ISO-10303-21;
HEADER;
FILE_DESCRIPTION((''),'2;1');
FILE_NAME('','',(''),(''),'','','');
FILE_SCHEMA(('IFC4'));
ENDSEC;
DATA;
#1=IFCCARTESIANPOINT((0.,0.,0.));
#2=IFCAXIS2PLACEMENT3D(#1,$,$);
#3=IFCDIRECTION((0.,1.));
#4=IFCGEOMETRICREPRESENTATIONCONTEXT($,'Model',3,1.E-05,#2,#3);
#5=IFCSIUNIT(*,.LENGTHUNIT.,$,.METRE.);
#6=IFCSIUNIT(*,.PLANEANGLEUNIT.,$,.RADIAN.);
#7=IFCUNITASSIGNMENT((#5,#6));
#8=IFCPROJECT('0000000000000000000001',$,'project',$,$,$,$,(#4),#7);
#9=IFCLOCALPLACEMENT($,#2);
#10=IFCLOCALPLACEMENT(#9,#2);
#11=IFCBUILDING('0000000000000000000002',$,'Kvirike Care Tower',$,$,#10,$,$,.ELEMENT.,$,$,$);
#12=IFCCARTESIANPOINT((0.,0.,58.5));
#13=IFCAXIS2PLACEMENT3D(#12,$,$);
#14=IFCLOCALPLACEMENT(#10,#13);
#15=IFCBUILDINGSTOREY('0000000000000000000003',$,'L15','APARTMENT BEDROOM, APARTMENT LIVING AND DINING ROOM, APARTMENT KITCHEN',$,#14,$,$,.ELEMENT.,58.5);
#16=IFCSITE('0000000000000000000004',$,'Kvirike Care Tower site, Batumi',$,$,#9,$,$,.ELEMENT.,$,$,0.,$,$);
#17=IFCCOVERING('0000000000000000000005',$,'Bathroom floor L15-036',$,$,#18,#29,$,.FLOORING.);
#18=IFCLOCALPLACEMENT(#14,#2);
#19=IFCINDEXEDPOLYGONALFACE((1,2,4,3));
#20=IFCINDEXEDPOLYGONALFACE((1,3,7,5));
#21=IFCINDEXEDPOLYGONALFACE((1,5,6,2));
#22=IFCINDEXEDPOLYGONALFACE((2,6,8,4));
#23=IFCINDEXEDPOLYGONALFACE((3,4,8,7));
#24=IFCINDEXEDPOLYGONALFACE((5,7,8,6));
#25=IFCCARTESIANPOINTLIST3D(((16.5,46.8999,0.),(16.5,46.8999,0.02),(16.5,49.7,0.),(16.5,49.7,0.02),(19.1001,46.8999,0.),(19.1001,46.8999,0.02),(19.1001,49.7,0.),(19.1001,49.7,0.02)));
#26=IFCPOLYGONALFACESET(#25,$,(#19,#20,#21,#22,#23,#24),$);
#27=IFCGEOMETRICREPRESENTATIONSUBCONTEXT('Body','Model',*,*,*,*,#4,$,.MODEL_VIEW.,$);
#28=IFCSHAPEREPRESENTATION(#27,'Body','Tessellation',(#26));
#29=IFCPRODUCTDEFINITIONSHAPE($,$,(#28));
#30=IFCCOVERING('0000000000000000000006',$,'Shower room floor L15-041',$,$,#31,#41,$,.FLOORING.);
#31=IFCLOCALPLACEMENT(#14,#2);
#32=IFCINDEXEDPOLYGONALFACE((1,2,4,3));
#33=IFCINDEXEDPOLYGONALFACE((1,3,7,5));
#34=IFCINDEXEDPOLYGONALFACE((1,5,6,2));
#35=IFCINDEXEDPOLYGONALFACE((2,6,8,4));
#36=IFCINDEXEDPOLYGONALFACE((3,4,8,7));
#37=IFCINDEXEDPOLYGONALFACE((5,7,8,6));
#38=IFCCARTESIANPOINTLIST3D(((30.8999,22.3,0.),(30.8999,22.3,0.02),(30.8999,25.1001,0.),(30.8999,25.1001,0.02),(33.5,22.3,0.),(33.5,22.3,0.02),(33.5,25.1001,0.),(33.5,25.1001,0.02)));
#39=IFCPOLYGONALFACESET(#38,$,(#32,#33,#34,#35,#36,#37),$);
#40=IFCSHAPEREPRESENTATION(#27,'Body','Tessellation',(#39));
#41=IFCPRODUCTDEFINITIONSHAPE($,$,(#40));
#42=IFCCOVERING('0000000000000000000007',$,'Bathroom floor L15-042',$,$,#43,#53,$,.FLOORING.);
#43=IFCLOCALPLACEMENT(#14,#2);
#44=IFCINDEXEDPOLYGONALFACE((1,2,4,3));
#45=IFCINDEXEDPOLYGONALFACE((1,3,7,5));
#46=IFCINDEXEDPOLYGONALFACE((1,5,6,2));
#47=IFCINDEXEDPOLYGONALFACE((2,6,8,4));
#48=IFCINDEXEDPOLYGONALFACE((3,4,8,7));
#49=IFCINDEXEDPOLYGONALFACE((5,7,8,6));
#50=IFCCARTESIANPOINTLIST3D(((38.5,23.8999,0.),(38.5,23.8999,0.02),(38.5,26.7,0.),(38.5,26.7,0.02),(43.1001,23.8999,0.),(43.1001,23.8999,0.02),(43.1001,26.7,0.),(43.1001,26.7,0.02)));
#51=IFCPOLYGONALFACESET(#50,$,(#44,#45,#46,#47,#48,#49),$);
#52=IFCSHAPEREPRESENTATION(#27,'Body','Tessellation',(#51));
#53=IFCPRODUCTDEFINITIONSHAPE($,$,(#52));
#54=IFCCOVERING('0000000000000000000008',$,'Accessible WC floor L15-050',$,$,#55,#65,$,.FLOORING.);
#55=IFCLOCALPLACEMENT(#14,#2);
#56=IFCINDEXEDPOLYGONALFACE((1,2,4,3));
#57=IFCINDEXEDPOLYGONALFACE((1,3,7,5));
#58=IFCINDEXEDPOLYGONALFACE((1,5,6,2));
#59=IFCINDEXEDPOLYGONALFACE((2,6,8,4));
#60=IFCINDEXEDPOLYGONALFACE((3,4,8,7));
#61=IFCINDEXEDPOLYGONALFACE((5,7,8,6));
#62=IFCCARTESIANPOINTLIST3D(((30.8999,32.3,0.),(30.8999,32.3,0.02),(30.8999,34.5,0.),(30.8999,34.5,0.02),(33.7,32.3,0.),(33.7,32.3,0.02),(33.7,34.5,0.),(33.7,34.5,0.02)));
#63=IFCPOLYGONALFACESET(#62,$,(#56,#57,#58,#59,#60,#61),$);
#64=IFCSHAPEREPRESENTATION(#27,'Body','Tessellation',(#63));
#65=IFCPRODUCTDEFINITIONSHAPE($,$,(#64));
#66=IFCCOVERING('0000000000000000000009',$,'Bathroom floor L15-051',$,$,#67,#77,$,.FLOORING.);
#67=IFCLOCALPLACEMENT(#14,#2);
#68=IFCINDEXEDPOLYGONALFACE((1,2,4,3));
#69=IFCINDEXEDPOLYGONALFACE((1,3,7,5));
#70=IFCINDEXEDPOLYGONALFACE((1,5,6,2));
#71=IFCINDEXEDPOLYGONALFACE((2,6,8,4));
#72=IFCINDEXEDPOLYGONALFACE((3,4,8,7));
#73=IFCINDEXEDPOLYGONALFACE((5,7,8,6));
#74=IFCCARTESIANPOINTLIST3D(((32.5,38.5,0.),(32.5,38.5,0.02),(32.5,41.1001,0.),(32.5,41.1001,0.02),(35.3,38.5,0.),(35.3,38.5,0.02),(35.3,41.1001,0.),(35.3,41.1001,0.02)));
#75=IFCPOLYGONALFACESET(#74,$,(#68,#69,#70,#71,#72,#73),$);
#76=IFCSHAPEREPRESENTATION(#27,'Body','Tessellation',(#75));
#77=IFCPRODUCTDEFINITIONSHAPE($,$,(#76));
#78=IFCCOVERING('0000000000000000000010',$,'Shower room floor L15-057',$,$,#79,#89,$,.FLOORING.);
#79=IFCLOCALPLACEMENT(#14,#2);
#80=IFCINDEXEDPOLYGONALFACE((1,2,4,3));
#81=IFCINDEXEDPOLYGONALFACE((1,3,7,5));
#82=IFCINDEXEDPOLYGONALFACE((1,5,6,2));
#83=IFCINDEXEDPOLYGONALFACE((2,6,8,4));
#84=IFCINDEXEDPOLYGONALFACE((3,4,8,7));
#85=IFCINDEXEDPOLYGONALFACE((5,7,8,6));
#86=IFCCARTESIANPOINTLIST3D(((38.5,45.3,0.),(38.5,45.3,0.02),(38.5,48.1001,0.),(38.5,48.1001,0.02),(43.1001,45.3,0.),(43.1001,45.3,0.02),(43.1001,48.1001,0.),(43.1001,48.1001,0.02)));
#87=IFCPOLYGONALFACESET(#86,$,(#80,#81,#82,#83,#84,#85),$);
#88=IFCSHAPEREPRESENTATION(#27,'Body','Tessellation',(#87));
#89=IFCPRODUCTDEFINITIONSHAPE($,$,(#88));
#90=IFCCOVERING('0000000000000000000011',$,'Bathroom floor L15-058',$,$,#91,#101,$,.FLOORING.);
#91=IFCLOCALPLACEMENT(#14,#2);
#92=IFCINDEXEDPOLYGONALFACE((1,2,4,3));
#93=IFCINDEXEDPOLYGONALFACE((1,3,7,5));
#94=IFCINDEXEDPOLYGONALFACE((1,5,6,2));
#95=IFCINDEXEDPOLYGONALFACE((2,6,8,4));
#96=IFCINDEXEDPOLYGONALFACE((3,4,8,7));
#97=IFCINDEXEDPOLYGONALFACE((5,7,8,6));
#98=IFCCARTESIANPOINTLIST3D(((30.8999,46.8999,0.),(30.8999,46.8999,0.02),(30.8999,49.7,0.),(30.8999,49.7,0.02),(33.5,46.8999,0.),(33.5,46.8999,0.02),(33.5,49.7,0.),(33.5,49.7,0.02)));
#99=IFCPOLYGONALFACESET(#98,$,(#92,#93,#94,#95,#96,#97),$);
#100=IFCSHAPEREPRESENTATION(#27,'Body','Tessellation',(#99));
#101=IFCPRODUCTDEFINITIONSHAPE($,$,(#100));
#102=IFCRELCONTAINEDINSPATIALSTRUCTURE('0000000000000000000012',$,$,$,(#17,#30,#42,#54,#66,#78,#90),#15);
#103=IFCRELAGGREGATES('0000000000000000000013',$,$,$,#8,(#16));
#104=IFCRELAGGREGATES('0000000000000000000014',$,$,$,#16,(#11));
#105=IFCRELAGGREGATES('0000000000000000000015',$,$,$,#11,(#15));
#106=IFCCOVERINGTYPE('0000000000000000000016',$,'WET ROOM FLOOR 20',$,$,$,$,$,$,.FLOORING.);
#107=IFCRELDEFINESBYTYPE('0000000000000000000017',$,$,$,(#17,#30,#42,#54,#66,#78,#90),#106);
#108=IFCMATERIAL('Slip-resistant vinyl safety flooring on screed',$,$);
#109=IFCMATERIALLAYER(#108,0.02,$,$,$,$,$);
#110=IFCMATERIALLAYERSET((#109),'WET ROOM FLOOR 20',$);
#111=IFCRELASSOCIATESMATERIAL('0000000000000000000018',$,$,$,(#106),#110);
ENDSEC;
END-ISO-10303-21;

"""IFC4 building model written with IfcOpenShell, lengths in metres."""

from ifc_helpers import new_model, si_unit, direction, frame, origin, place, context, subcontext, project, spatial, polyline, outline, extrude, material, layer, layer_set, type_object, element, save


model = new_model("IFC4")

# Units and contexts
model_context = context("Model", 3, precision=1e-05, world=origin(), true_north=direction((0.0, 1.0)))
body_context = subcontext(model_context, "Body", "Model", "MODEL_VIEW")
ifc_project = project(units=[si_unit("LENGTHUNIT", "METRE"), si_unit("PLANEANGLEUNIT", "RADIAN")], contexts=[model_context])

# Site, building, storey
site_placement = place(None, origin())
site = spatial("IfcSite", under=ifc_project, at=site_placement, Name="Kvirike Care Tower site, Batumi", CompositionType="ELEMENT", RefElevation=0.0)
building_placement = place(site_placement, origin())
building = spatial("IfcBuilding", under=site, at=building_placement, Name="Kvirike Care Tower", CompositionType="ELEMENT")
storey_placement = place(building_placement, frame((0.0, 0.0, 58.5)))
storey = spatial("IfcBuildingStorey", under=building, at=storey_placement, Name="L15", Description="APARTMENT BEDROOM, APARTMENT LIVING AND DINING ROOM, APARTMENT KITCHEN", CompositionType="ELEMENT", Elevation=58.5)

# Coverings
ifc_material_1 = material(Name="Slip-resistant vinyl safety flooring on screed")
ifc_layer_1 = layer(ifc_material_1, 0.02)
ifc_layer_set_1 = layer_set([ifc_layer_1], Name="WET ROOM FLOOR 20")
covering_type = type_object("IfcCoveringType", Name="WET ROOM FLOOR 20", PredefinedType="FLOORING", material=ifc_layer_set_1)
covering_1_placement = place(storey_placement, origin())
element("IfcCovering", 1, at=covering_1_placement, inside=storey, type_object=covering_type, Name="Bathroom floor L15-036", PredefinedType="FLOORING", context=body_context, shape_type="SweptSolid", body=[
    extrude(outline(polyline([(19.1001, 49.7), (19.1001, 46.8999), (16.5, 46.8999), (16.5, 49.7), (19.1001, 49.7)])), origin(), (0.0, 0.0, 1.0), 0.02),
])
covering_2_placement = place(storey_placement, origin())
element("IfcCovering", 2, at=covering_2_placement, inside=storey, type_object=covering_type, Name="Shower room floor L15-041", PredefinedType="FLOORING", context=body_context, shape_type="SweptSolid", body=[
    extrude(outline(polyline([(30.8999, 22.3), (30.8999, 25.1001), (33.5, 25.1001), (33.5, 22.3), (30.8999, 22.3)])), origin(), (0.0, 0.0, 1.0), 0.02),
])
covering_3_placement = place(storey_placement, origin())
element("IfcCovering", 3, at=covering_3_placement, inside=storey, type_object=covering_type, Name="Bathroom floor L15-042", PredefinedType="FLOORING", context=body_context, shape_type="SweptSolid", body=[
    extrude(outline(polyline([(38.5, 23.8999), (38.5, 26.7), (43.1001, 26.7), (43.1001, 23.8999), (38.5, 23.8999)])), origin(), (0.0, 0.0, 1.0), 0.02),
])
covering_4_placement = place(storey_placement, origin())
element("IfcCovering", 4, at=covering_4_placement, inside=storey, type_object=covering_type, Name="Accessible WC floor L15-050", PredefinedType="FLOORING", context=body_context, shape_type="SweptSolid", body=[
    extrude(outline(polyline([(33.7, 32.3), (30.8999, 32.3), (30.8999, 34.5), (33.7, 34.5), (33.7, 32.3)])), origin(), (0.0, 0.0, 1.0), 0.02),
])
covering_5_placement = place(storey_placement, origin())
element("IfcCovering", 5, at=covering_5_placement, inside=storey, type_object=covering_type, Name="Bathroom floor L15-051", PredefinedType="FLOORING", context=body_context, shape_type="SweptSolid", body=[
    extrude(outline(polyline([(35.3, 38.5), (32.5, 38.5), (32.5, 41.1001), (35.3, 41.1001), (35.3, 38.5)])), origin(), (0.0, 0.0, 1.0), 0.02),
])
covering_6_placement = place(storey_placement, origin())
element("IfcCovering", 6, at=covering_6_placement, inside=storey, type_object=covering_type, Name="Shower room floor L15-057", PredefinedType="FLOORING", context=body_context, shape_type="SweptSolid", body=[
    extrude(outline(polyline([(43.1001, 48.1001), (43.1001, 45.3), (38.5, 45.3), (38.5, 48.1001), (43.1001, 48.1001)])), origin(), (0.0, 0.0, 1.0), 0.02),
])
covering_7_placement = place(storey_placement, origin())
element("IfcCovering", 7, at=covering_7_placement, inside=storey, type_object=covering_type, Name="Bathroom floor L15-058", PredefinedType="FLOORING", context=body_context, shape_type="SweptSolid", body=[
    extrude(outline(polyline([(33.5, 49.7), (33.5, 46.8999), (30.8999, 46.8999), (30.8999, 49.7), (33.5, 49.7)])), origin(), (0.0, 0.0, 1.0), 0.02),
])

save(model, "model.ifc")
